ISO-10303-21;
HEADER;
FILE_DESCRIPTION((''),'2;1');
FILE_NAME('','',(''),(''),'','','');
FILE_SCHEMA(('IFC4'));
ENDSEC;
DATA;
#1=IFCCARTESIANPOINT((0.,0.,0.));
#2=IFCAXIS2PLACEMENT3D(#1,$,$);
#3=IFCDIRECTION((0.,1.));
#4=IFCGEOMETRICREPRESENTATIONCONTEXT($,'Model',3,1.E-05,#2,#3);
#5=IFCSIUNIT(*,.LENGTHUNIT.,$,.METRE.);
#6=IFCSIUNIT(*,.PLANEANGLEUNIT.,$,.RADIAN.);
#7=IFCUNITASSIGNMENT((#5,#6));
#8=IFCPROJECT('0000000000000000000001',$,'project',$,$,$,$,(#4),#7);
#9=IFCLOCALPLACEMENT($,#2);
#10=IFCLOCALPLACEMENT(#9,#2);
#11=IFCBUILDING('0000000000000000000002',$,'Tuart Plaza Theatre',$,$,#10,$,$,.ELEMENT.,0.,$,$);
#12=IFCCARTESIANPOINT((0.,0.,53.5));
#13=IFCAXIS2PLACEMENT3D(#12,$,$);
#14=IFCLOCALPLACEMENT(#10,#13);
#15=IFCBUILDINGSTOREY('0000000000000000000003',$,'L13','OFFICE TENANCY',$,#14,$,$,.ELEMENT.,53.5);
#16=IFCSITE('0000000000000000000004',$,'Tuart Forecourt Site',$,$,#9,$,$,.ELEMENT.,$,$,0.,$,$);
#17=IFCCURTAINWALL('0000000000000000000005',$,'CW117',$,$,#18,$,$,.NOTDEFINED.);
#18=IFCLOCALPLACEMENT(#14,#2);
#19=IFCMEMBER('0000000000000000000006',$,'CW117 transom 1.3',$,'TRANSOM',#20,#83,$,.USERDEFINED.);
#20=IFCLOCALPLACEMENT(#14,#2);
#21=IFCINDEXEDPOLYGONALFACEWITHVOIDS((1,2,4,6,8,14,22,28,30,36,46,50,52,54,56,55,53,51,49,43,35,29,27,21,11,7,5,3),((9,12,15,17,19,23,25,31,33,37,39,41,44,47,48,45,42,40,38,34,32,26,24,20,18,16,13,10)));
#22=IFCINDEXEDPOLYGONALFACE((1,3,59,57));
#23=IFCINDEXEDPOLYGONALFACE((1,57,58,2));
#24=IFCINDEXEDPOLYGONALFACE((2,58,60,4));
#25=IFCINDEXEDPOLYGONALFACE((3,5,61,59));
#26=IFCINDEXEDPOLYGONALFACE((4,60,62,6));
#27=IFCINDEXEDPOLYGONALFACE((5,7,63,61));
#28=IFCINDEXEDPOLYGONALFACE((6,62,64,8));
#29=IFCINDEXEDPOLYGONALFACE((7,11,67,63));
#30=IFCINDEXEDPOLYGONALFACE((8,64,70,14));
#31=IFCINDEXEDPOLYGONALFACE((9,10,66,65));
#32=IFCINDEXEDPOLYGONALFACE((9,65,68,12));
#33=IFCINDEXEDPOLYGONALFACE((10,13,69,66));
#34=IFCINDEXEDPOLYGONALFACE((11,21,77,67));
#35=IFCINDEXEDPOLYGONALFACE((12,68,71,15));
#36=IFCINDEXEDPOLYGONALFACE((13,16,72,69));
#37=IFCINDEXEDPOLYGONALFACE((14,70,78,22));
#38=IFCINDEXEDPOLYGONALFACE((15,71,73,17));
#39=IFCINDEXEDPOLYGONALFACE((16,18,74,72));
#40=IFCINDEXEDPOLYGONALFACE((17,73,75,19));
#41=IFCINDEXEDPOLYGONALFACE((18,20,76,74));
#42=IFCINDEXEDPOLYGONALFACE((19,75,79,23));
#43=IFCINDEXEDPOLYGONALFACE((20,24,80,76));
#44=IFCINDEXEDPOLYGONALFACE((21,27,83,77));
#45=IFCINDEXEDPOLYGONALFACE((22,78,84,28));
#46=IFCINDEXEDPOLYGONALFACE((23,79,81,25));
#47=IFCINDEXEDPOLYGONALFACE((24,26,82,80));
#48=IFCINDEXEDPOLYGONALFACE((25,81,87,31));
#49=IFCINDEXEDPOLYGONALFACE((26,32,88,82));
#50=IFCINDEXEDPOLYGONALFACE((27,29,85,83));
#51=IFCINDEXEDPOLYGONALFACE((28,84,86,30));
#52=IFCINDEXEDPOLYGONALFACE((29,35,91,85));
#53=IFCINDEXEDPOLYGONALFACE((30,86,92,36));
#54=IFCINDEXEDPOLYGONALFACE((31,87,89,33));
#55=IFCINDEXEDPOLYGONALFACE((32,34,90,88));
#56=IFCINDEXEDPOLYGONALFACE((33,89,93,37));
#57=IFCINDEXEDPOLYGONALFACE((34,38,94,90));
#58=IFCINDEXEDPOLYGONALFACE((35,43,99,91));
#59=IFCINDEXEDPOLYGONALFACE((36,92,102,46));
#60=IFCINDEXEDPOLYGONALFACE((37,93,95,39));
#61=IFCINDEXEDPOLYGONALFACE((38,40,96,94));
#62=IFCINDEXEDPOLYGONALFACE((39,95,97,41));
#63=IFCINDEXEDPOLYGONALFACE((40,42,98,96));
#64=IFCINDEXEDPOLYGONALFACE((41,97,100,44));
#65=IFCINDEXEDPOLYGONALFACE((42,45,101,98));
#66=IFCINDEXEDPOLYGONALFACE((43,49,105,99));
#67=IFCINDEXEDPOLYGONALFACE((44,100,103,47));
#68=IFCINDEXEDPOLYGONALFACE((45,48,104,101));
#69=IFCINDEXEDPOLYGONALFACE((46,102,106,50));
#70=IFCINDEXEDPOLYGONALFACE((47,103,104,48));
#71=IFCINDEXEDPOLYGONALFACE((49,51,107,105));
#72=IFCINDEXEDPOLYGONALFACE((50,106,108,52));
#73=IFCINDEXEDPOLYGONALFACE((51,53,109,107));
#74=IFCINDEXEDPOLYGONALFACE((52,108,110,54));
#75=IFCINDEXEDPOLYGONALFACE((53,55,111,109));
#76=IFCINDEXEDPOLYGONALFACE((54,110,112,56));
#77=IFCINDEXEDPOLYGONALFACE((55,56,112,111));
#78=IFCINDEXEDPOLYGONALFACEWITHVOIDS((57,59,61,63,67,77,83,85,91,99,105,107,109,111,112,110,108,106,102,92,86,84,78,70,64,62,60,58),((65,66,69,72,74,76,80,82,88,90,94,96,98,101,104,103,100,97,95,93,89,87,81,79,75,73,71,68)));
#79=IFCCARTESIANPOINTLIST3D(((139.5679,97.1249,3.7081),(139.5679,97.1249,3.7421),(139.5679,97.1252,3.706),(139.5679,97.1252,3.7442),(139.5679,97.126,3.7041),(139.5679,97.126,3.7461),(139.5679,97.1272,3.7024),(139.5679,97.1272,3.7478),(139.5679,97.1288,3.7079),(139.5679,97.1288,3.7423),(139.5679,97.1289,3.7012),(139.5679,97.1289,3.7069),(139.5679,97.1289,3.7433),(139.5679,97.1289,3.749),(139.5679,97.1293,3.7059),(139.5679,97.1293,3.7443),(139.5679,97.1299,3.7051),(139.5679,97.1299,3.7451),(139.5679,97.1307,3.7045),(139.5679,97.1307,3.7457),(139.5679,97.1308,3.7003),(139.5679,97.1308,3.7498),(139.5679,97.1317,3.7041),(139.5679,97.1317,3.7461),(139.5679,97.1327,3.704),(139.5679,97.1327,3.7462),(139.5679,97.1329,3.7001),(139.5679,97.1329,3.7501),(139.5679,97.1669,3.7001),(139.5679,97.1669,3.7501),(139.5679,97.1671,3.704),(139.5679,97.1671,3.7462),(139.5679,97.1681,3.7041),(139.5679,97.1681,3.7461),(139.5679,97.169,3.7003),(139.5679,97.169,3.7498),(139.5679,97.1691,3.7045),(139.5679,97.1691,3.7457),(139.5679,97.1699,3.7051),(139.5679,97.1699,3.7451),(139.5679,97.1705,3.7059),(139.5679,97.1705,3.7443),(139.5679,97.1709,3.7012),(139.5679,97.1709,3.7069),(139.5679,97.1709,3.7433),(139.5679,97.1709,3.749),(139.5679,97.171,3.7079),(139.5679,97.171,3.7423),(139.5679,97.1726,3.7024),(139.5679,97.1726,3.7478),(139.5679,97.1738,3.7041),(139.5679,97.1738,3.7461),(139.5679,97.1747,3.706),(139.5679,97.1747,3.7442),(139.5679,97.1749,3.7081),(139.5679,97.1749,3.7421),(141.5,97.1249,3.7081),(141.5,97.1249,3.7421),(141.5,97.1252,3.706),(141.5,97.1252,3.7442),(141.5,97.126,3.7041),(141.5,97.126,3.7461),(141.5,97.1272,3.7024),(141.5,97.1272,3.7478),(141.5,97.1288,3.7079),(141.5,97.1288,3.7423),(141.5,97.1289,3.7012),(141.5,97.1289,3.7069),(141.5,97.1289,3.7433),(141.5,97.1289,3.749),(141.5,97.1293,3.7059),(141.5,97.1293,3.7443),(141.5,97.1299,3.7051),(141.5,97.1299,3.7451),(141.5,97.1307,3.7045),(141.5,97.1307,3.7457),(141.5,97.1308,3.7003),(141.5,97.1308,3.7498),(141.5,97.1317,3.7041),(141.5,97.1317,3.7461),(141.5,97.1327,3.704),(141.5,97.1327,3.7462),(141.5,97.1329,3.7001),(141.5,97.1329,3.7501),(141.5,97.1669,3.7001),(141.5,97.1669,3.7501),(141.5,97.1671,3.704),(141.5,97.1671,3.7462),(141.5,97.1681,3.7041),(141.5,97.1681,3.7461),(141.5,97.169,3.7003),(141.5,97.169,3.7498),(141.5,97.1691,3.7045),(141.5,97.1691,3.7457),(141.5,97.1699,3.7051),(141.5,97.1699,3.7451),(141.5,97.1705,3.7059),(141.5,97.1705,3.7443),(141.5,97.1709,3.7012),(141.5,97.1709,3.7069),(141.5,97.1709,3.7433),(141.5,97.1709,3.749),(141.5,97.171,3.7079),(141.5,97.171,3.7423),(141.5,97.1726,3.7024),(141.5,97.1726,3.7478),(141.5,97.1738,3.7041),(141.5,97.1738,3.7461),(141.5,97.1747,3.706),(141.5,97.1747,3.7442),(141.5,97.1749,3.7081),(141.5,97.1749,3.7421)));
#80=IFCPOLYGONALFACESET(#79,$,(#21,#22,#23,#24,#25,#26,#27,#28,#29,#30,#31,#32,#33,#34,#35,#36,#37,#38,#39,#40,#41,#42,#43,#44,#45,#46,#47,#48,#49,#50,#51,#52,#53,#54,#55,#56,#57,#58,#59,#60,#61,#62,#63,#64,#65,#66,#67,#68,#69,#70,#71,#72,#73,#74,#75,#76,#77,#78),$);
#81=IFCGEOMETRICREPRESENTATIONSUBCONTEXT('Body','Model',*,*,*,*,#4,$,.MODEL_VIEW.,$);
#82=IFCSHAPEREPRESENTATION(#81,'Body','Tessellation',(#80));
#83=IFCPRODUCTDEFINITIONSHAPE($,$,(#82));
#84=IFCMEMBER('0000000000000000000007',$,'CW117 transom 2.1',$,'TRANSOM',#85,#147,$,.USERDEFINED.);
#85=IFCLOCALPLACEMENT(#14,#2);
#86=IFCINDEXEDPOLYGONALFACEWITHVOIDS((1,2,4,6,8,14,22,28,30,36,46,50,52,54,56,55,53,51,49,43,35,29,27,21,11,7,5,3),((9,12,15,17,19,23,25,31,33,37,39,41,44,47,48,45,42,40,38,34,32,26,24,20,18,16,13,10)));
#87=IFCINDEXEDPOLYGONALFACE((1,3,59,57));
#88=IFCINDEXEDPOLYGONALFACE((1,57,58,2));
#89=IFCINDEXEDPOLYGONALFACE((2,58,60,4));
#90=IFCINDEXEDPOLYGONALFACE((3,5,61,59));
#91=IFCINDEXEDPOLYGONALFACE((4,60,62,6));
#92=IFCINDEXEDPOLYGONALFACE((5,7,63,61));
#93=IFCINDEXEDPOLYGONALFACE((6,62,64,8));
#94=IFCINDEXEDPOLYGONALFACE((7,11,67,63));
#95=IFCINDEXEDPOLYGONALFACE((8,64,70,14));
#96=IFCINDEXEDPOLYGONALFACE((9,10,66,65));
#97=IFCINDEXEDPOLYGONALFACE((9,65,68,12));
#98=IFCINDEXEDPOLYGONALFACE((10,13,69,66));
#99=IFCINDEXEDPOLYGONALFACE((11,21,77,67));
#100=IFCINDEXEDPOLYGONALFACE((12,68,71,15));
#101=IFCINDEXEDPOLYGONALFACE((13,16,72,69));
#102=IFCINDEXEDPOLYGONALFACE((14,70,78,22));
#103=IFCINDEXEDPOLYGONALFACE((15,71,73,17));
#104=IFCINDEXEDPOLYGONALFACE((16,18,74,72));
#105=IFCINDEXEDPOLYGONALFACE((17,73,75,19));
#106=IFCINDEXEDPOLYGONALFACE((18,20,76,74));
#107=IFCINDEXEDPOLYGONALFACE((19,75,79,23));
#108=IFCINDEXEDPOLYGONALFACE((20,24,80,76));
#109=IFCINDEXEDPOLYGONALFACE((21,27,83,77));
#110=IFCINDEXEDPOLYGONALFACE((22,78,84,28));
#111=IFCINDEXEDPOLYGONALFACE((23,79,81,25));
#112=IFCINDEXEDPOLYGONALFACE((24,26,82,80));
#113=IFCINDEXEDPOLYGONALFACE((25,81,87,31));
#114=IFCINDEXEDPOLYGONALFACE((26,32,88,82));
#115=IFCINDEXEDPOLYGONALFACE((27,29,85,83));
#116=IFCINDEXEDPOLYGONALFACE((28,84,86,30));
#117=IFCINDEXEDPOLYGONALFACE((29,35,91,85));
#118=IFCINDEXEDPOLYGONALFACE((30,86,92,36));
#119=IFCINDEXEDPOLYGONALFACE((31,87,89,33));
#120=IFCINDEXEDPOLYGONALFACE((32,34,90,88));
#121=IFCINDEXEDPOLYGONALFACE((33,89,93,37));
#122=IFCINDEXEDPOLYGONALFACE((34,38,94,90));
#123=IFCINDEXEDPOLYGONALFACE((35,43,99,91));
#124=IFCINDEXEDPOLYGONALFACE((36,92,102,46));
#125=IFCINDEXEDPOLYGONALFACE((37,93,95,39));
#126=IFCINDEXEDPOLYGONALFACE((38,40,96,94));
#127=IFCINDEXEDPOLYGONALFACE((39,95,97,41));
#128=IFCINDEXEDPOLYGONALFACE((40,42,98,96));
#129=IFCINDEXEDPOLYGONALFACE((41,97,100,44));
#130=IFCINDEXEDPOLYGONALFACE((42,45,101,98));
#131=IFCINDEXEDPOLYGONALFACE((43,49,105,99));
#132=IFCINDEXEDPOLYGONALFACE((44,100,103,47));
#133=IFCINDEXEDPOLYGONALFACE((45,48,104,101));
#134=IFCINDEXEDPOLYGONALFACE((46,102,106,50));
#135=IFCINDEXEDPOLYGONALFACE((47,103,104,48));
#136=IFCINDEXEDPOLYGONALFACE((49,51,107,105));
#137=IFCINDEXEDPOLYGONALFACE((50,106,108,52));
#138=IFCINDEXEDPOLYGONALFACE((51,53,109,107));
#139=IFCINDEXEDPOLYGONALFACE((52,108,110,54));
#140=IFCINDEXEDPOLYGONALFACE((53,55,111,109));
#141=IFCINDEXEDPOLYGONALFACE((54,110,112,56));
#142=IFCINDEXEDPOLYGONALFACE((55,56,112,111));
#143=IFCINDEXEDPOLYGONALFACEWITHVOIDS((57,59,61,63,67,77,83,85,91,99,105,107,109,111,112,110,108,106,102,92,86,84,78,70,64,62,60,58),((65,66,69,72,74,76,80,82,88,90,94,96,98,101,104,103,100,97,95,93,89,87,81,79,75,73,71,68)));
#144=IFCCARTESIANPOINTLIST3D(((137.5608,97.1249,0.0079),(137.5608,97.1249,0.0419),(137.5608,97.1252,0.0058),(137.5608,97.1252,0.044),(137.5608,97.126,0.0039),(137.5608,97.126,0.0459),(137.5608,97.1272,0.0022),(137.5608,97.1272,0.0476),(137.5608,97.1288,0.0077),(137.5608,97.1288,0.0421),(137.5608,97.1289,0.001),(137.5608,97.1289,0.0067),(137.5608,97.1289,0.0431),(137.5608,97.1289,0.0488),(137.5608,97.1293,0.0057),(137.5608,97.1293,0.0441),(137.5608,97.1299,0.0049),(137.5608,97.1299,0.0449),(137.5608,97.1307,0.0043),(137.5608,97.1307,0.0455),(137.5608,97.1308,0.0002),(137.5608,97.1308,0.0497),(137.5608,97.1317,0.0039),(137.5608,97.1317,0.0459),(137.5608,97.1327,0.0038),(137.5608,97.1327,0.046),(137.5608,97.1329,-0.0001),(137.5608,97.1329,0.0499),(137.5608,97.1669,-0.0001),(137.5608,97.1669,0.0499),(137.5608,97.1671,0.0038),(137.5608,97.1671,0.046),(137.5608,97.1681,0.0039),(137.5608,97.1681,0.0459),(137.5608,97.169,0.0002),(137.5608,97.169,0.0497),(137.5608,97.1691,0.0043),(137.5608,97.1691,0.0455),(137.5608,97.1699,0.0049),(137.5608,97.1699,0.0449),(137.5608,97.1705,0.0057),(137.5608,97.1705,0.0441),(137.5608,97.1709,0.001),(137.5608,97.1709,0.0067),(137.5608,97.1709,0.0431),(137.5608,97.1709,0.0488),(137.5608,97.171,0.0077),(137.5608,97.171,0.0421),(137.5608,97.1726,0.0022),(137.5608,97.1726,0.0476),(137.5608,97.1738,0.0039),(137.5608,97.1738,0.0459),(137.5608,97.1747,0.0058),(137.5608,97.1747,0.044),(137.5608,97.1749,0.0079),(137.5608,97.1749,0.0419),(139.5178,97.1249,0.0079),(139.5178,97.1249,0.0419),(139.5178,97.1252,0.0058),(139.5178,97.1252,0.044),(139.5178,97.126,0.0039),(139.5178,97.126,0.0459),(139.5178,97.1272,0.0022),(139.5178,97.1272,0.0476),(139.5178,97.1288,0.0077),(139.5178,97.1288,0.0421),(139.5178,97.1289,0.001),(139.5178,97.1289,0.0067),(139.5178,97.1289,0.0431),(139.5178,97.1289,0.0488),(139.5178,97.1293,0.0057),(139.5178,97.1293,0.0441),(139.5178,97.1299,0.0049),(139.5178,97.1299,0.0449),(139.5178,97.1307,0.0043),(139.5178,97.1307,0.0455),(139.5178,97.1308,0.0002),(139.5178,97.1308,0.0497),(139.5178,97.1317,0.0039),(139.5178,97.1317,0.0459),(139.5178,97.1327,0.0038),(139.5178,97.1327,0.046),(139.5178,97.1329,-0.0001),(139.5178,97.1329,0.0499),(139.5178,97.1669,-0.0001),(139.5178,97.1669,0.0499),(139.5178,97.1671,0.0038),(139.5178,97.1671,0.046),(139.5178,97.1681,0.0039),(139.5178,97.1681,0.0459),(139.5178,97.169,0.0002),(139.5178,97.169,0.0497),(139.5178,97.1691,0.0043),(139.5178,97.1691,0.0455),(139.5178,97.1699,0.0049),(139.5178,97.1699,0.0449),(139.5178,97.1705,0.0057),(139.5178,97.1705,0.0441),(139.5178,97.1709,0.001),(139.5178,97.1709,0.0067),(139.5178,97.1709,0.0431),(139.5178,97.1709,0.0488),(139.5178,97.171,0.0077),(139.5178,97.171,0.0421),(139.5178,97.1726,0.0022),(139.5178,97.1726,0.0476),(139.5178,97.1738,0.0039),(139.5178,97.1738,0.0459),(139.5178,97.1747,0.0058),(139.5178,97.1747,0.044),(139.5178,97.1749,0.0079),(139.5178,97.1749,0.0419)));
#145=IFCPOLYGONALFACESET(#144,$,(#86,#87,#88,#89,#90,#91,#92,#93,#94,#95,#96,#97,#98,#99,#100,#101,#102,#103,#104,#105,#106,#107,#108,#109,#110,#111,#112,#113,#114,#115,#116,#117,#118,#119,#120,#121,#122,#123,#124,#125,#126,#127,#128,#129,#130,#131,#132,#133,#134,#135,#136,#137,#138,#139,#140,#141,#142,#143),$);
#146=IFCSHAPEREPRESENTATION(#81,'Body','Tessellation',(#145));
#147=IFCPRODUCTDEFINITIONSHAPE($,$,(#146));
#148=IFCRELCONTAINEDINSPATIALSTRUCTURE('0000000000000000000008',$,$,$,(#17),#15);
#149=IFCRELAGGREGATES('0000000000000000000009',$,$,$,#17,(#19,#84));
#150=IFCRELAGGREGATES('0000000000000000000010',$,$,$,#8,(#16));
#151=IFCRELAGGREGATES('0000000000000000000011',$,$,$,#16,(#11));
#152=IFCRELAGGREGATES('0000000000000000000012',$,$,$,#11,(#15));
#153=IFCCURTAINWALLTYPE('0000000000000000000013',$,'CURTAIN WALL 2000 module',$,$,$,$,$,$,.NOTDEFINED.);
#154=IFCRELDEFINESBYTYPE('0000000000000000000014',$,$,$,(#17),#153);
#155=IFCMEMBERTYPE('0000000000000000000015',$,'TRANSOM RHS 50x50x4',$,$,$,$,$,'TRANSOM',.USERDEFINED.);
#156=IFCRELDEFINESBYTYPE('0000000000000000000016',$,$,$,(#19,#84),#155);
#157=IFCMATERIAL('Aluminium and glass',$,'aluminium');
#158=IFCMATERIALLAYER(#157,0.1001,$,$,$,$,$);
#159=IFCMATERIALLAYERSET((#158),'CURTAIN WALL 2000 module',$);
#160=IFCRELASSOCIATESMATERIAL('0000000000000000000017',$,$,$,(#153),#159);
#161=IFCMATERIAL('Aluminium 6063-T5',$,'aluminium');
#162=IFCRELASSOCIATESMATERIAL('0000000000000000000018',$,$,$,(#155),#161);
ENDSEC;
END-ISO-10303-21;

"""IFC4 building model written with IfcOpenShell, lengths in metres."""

from ifc_helpers import new_model, si_unit, direction, frame, origin, origin_2d, place, context, subcontext, project, spatial, hollow_rectangle, extrude, material, layer, layer_set, material_profile, profile_set, type_object, element, aggregate, save


model = new_model("IFC4")

# Units and contexts
model_context = context("Model", 3, precision=1e-05, world=origin(), true_north=direction((0.0, 1.0)))
body_context = subcontext(model_context, "Body", "Model", "MODEL_VIEW")
ifc_project = project(units=[si_unit("LENGTHUNIT", "METRE"), si_unit("PLANEANGLEUNIT", "RADIAN")], contexts=[model_context])

# Site, building, storey
site_placement = place(None, origin())
site = spatial("IfcSite", under=ifc_project, at=site_placement, Name="Tuart Forecourt Site", CompositionType="ELEMENT", RefElevation=0.0)
building_placement = place(site_placement, origin())
building = spatial("IfcBuilding", under=site, at=building_placement, Name="Tuart Plaza Theatre", CompositionType="ELEMENT", ElevationOfRefHeight=0.0)
storey_placement = place(building_placement, frame((0.0, 0.0, 53.5)))
storey = spatial("IfcBuildingStorey", under=building, at=storey_placement, Name="L13", Description="OFFICE TENANCY", CompositionType="ELEMENT", Elevation=53.5)

# Curtain wall
ifc_material_1 = material(Name="Aluminium and glass", Category="aluminium")
ifc_layer_1 = layer(ifc_material_1, 0.1001)
ifc_layer_set_1 = layer_set([ifc_layer_1], Name="CURTAIN WALL 2000 module")
curtain_wall_type = type_object("IfcCurtainWallType", Name="CURTAIN WALL 2000 module", PredefinedType="NOTDEFINED", material=ifc_layer_set_1)
curtain_wall_1_placement = place(storey_placement, origin())
curtain_wall_1 = element("IfcCurtainWall", 1, at=curtain_wall_1_placement, inside=storey, type_object=curtain_wall_type, Name="CW117", PredefinedType="NOTDEFINED")

# Members
ifc_material_2 = material(Name="Aluminium 6063-T5", Category="aluminium")
ifc_material_profile_1 = material_profile(ifc_material_2, hollow_rectangle(XDim=0.05, YDim=0.05, WallThickness=0.0039, InnerFilletRadius=0.0039, OuterFilletRadius=0.0081, at=origin_2d()), Name="RHS 50x50x4")
ifc_profile_set_1 = profile_set([ifc_material_profile_1], Name="Aluminium 6063-T5")
member_type_1 = type_object("IfcMemberType", Name="TRANSOM RHS 50x50x4", ElementType="TRANSOM", PredefinedType="USERDEFINED", material=ifc_profile_set_1)
member_1_placement = place(storey_placement, frame((141.5, 97.1499, 3.7251), z_axis=(-1.0, 0.0, 0.0), x_axis=(0.0, -1.0, 0.0)))
member_1 = element("IfcMember", 2, at=member_1_placement, type_object=member_type_1, Name="CW117 transom 1.3", ObjectType="TRANSOM", PredefinedType="USERDEFINED", context=body_context, shape_type="SweptSolid", body=[
    extrude(hollow_rectangle(XDim=0.05, YDim=0.05, WallThickness=0.0039, InnerFilletRadius=0.0039, OuterFilletRadius=0.0081, at=origin_2d()), origin(), (0.0, 0.0, 1.0), 1.9321),
])
member_2_placement = place(storey_placement, frame((139.5178, 97.1499, 0.0249), z_axis=(-1.0, 0.0, 0.0), x_axis=(0.0, -1.0, 0.0)))
member_2 = element("IfcMember", 3, at=member_2_placement, type_object=member_type_1, Name="CW117 transom 2.1", ObjectType="TRANSOM", PredefinedType="USERDEFINED", context=body_context, shape_type="SweptSolid", body=[
    extrude(hollow_rectangle(XDim=0.05, YDim=0.05, WallThickness=0.0039, InnerFilletRadius=0.0039, OuterFilletRadius=0.0081, at=origin_2d()), origin(), (0.0, 0.0, 1.0), 1.957),
])

aggregate(curtain_wall_1, [member_1, member_2])

save(model, "model.ifc")
